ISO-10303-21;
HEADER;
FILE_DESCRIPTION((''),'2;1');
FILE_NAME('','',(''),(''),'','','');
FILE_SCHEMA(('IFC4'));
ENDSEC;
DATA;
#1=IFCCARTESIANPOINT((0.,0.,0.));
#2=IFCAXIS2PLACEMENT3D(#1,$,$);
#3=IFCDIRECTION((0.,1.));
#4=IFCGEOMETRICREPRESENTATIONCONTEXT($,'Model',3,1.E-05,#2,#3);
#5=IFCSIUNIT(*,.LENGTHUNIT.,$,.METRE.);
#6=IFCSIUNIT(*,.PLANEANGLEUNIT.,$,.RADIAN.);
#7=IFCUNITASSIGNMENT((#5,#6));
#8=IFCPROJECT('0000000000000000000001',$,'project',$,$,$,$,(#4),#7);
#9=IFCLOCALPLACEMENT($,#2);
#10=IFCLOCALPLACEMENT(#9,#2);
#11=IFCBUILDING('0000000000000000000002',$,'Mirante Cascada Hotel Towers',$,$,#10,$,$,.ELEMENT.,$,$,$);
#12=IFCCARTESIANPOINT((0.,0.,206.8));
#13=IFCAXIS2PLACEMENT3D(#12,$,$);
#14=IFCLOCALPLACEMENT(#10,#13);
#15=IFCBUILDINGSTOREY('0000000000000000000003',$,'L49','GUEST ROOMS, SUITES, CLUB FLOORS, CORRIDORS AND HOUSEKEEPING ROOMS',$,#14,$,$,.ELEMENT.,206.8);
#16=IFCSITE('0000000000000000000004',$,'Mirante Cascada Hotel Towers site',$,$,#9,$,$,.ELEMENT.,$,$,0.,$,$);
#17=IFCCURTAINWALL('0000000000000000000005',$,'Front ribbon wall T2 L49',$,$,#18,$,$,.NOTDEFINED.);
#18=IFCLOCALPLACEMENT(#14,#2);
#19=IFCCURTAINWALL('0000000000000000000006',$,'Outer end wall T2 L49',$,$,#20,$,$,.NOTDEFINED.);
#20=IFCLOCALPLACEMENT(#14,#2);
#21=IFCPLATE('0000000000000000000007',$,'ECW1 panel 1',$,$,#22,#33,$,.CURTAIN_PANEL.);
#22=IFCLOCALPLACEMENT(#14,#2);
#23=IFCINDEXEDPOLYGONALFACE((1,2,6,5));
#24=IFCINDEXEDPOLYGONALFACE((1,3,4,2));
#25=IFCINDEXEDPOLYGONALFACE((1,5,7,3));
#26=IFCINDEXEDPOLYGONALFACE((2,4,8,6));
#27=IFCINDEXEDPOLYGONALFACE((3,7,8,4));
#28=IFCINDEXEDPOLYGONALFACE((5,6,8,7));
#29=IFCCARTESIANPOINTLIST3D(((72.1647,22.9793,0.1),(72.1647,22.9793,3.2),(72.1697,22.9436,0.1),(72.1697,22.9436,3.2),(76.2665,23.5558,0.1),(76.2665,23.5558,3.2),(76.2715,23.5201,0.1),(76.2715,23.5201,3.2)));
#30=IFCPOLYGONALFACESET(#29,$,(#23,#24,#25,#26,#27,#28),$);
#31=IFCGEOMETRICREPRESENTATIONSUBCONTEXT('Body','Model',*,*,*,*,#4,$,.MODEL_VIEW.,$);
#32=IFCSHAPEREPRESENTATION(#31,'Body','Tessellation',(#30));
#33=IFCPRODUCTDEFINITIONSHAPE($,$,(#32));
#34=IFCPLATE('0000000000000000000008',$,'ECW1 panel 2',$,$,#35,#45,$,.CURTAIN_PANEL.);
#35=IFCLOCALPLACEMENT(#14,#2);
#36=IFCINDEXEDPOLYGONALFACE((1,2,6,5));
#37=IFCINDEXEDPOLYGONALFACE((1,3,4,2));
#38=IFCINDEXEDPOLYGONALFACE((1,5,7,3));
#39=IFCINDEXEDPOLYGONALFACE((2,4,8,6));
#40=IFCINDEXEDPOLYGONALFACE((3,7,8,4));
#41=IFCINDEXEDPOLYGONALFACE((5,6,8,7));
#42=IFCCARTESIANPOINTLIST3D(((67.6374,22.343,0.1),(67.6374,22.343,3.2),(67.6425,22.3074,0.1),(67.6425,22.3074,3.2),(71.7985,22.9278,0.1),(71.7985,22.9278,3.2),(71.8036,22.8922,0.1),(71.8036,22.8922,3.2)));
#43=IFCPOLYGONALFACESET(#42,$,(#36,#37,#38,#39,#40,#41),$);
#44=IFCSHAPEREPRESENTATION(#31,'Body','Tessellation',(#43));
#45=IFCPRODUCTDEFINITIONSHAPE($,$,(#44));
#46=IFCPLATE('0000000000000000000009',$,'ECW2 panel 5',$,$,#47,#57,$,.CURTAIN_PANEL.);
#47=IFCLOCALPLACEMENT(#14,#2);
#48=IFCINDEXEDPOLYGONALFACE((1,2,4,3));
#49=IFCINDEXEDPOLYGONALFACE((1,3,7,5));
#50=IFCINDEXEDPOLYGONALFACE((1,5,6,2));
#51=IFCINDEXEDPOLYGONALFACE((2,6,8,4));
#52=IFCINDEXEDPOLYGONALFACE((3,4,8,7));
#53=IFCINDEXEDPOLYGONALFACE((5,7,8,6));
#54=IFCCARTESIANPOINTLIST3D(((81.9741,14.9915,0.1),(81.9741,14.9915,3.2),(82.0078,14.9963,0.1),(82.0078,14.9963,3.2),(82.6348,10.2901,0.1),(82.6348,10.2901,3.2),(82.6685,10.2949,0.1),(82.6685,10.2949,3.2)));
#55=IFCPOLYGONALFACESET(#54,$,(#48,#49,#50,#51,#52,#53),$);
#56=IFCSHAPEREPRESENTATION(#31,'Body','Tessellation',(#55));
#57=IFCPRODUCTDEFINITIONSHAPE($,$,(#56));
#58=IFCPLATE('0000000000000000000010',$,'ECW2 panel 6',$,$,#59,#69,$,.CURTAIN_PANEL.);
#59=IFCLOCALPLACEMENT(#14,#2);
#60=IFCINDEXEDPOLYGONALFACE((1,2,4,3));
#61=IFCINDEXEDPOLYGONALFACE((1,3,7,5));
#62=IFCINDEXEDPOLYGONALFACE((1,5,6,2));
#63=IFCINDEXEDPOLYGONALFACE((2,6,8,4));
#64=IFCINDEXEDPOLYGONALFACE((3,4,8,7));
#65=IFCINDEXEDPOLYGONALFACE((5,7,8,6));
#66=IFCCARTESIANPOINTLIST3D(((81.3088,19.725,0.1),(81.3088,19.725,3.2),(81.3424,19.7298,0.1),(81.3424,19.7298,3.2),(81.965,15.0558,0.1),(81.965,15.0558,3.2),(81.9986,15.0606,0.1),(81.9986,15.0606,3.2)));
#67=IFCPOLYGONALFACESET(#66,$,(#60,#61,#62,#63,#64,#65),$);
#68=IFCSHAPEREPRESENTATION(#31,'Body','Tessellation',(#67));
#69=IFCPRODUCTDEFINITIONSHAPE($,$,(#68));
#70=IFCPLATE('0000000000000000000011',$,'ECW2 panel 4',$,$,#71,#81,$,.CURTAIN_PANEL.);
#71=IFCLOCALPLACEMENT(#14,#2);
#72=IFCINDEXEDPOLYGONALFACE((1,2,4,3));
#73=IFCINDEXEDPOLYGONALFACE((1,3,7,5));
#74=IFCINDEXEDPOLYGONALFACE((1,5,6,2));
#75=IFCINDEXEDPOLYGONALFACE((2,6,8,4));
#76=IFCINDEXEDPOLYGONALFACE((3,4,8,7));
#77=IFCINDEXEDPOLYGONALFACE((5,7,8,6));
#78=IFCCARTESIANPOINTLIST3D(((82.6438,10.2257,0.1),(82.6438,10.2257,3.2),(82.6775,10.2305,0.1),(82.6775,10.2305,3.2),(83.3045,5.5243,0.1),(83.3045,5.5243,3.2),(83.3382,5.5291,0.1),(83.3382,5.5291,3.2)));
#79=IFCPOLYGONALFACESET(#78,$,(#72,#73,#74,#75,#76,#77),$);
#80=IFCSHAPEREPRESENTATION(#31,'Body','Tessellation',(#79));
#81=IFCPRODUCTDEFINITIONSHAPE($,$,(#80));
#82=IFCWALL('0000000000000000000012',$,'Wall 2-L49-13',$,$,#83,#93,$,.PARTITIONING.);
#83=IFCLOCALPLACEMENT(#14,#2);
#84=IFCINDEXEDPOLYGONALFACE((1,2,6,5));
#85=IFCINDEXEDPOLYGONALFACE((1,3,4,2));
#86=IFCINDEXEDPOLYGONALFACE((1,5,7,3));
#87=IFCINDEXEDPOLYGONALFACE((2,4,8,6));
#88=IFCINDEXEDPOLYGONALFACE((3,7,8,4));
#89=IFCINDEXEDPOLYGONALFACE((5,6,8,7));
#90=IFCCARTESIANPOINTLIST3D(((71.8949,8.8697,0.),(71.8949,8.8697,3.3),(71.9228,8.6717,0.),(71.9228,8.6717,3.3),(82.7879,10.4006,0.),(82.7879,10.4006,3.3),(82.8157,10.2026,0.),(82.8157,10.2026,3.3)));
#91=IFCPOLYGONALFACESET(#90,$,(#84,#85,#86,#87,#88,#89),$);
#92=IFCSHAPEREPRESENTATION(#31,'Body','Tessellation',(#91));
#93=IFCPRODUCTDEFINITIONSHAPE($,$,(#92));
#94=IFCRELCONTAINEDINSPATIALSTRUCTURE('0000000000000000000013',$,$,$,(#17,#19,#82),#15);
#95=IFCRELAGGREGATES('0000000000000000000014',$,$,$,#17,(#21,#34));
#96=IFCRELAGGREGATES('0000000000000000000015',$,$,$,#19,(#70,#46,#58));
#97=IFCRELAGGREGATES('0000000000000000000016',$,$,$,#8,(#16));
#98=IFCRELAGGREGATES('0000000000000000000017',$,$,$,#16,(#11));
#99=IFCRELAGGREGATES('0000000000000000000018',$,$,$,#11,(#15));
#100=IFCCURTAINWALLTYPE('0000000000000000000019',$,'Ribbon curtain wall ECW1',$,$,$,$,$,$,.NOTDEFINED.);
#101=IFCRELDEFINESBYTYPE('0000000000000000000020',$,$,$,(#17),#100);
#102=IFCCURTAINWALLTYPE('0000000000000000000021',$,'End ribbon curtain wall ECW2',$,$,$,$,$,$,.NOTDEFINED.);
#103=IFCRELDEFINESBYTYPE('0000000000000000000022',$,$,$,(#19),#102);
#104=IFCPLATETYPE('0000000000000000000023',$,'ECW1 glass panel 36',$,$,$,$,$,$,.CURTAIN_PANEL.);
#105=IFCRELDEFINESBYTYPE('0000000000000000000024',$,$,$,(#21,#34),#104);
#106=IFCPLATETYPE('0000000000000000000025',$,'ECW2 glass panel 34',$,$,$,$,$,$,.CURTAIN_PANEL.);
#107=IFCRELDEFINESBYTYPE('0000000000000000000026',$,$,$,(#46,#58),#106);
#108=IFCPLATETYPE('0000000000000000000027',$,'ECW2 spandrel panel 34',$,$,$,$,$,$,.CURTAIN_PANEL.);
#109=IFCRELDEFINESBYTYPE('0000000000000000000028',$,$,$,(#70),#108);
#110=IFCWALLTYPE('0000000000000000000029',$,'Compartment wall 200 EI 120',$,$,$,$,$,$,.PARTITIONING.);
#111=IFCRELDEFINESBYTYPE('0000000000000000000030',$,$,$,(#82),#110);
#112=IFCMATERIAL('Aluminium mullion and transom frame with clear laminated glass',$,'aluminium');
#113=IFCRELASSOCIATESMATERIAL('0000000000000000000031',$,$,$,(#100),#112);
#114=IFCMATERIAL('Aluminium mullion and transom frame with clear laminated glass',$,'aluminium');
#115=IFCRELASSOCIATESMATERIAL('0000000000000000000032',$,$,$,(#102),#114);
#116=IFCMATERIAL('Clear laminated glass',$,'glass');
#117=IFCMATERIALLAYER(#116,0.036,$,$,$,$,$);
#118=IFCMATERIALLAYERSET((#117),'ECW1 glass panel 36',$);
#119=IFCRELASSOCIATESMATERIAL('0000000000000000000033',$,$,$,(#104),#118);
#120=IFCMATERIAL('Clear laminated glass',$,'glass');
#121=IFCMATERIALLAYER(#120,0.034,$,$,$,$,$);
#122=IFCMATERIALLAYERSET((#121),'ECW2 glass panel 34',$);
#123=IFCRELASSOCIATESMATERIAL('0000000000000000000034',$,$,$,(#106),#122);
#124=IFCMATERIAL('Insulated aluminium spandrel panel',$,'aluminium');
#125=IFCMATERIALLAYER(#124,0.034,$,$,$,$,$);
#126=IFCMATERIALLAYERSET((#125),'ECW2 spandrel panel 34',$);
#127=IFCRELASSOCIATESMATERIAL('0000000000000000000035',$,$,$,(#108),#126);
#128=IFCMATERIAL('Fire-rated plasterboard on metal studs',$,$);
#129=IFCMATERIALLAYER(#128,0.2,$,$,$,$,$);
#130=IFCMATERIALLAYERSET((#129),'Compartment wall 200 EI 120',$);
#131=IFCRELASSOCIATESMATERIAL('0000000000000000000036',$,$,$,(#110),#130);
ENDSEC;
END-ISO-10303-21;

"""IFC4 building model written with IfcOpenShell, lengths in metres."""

from ifc_helpers import new_model, si_unit, direction, frame, frame_2d, origin, origin_2d, place, context, subcontext, project, spatial, rectangle, extrude, material, layer, layer_set, type_object, element, aggregate, save


model = new_model("IFC4")

# Units and contexts
model_context = context("Model", 3, precision=1e-05, world=origin(), true_north=direction((0.0, 1.0)))
body_context = subcontext(model_context, "Body", "Model", "MODEL_VIEW")
ifc_project = project(units=[si_unit("LENGTHUNIT", "METRE"), si_unit("PLANEANGLEUNIT", "RADIAN")], contexts=[model_context])

# Site, building, storey
site_placement = place(None, origin())
site = spatial("IfcSite", under=ifc_project, at=site_placement, Name="Mirante Cascada Hotel Towers site", CompositionType="ELEMENT", RefElevation=0.0)
building_placement = place(site_placement, origin())
building = spatial("IfcBuilding", under=site, at=building_placement, Name="Mirante Cascada Hotel Towers", CompositionType="ELEMENT")
storey_placement = place(building_placement, frame((0.0, 0.0, 206.8)))
storey = spatial("IfcBuildingStorey", under=building, at=storey_placement, Name="L49", Description="GUEST ROOMS, SUITES, CLUB FLOORS, CORRIDORS AND HOUSEKEEPING ROOMS", CompositionType="ELEMENT", Elevation=206.8)

# Curtain walls
ifc_material_1 = material(Name="Aluminium mullion and transom frame with clear laminated glass", Category="aluminium")
curtain_wall_type_1 = type_object("IfcCurtainWallType", Name="Ribbon curtain wall ECW1", PredefinedType="NOTDEFINED", material=ifc_material_1)
curtain_wall_1_placement = place(storey_placement, origin())
curtain_wall_1 = element("IfcCurtainWall", 1, at=curtain_wall_1_placement, inside=storey, type_object=curtain_wall_type_1, Name="Front ribbon wall T2 L49", PredefinedType="NOTDEFINED")
ifc_material_2 = material(Name="Aluminium mullion and transom frame with clear laminated glass", Category="aluminium")
curtain_wall_type_2 = type_object("IfcCurtainWallType", Name="End ribbon curtain wall ECW2", PredefinedType="NOTDEFINED", material=ifc_material_2)
curtain_wall_2_placement = place(storey_placement, origin())
curtain_wall_2 = element("IfcCurtainWall", 2, at=curtain_wall_2_placement, inside=storey, type_object=curtain_wall_type_2, Name="Outer end wall T2 L49", PredefinedType="NOTDEFINED")

# Plates
ifc_material_3 = material(Name="Clear laminated glass", Category="glass")
ifc_layer_1 = layer(ifc_material_3, 0.036)
ifc_layer_set_1 = layer_set([ifc_layer_1], Name="ECW1 glass panel 36")
plate_type_1 = type_object("IfcPlateType", Name="ECW1 glass panel 36", PredefinedType="CURTAIN_PANEL", material=ifc_layer_set_1)
plate_1_placement = place(storey_placement, frame((74.2181, 23.2497, 0.1), z_axis=(0.0, 0.0, 1.0), x_axis=(-0.990268, -0.139173, 0.0)))
plate_1 = element("IfcPlate", 3, at=plate_1_placement, type_object=plate_type_1, Name="ECW1 panel 1", PredefinedType="CURTAIN_PANEL", context=body_context, shape_type="SweptSolid", body=[
    extrude(rectangle(XDim=4.1421, YDim=0.036, at=origin_2d()), origin(), (0.0, 0.0, 1.0), 3.1),
])
plate_2_placement = place(storey_placement, frame((69.7205, 22.6176, 0.1), z_axis=(0.0, 0.0, 1.0), x_axis=(-0.990268, -0.139173, 0.0)))
plate_2 = element("IfcPlate", 4, at=plate_2_placement, type_object=plate_type_1, Name="ECW1 panel 2", PredefinedType="CURTAIN_PANEL", context=body_context, shape_type="SweptSolid", body=[
    extrude(rectangle(XDim=4.202, YDim=0.036, at=origin_2d()), origin(), (0.0, 0.0, 1.0), 3.1),
])
aggregate(curtain_wall_1, [plate_1, plate_2])
ifc_material_4 = material(Name="Clear laminated glass", Category="glass")
ifc_layer_2 = layer(ifc_material_4, 0.034)
ifc_layer_set_2 = layer_set([ifc_layer_2], Name="ECW2 glass panel 34")
plate_type_2 = type_object("IfcPlateType", Name="ECW2 glass panel 34", PredefinedType="CURTAIN_PANEL", material=ifc_layer_set_2)
plate_3_placement = place(storey_placement, frame((82.3213, 12.6432, 0.1), z_axis=(0.0, 0.0, 1.0), x_axis=(-0.139173, 0.990268, 0.0)))
plate_3 = element("IfcPlate", 5, at=plate_3_placement, type_object=plate_type_2, Name="ECW2 panel 5", PredefinedType="CURTAIN_PANEL", context=body_context, shape_type="SweptSolid", body=[
    extrude(rectangle(XDim=4.7476, YDim=0.034, at=origin_2d()), origin(), (0.0, 0.0, 1.0), 3.1),
])
plate_4_placement = place(storey_placement, frame((81.6537, 17.3928, 0.1), z_axis=(0.0, 0.0, 1.0), x_axis=(-0.139173, 0.990268, 0.0)))
plate_4 = element("IfcPlate", 6, at=plate_4_placement, type_object=plate_type_2, Name="ECW2 panel 6", PredefinedType="CURTAIN_PANEL", context=body_context, shape_type="SweptSolid", body=[
    extrude(rectangle(XDim=4.7151, YDim=0.034, at=origin_2d()), origin(), (0.0, 0.0, 1.0), 3.1),
])
ifc_material_5 = material(Name="Insulated aluminium spandrel panel", Category="aluminium")
ifc_layer_3 = layer(ifc_material_5, 0.034)
ifc_layer_set_3 = layer_set([ifc_layer_3], Name="ECW2 spandrel panel 34")
plate_type_3 = type_object("IfcPlateType", Name="ECW2 spandrel panel 34", PredefinedType="CURTAIN_PANEL", material=ifc_layer_set_3)
plate_5_placement = place(storey_placement, frame((82.991, 7.8774, 0.1), z_axis=(0.0, 0.0, 1.0), x_axis=(-0.139173, 0.990268, 0.0)))
plate_5 = element("IfcPlate", 7, at=plate_5_placement, type_object=plate_type_3, Name="ECW2 panel 4", PredefinedType="CURTAIN_PANEL", context=body_context, shape_type="SweptSolid", body=[
    extrude(rectangle(XDim=4.7476, YDim=0.034, at=origin_2d()), origin(), (0.0, 0.0, 1.0), 3.1),
])
aggregate(curtain_wall_2, [plate_5, plate_3, plate_4])

# Wall
ifc_material_6 = material(Name="Fire-rated plasterboard on metal studs")
ifc_layer_4 = layer(ifc_material_6, 0.2)
ifc_layer_set_4 = layer_set([ifc_layer_4], Name="Compartment wall 200 EI 120")
wall_type_1 = type_object("IfcWallType", Name="Compartment wall 200 EI 120", PredefinedType="PARTITIONING", material=ifc_layer_set_4)
wall_1_placement = place(storey_placement, frame((82.8018, 10.3016, 0.0), z_axis=(0.0, 0.0, 1.0), x_axis=(-0.990268, -0.139173, 0.0)))
element("IfcWall", 8, at=wall_1_placement, inside=storey, type_object=wall_type_1, Name="Wall 2-L49-13", PredefinedType="PARTITIONING", context=body_context, shape_type="SweptSolid", body=[
    extrude(rectangle(XDim=11.0, YDim=0.2, at=frame_2d((5.5, 0.0))), origin(), (0.0, 0.0, 1.0), 3.3),
])

save(model, "model.ifc")
